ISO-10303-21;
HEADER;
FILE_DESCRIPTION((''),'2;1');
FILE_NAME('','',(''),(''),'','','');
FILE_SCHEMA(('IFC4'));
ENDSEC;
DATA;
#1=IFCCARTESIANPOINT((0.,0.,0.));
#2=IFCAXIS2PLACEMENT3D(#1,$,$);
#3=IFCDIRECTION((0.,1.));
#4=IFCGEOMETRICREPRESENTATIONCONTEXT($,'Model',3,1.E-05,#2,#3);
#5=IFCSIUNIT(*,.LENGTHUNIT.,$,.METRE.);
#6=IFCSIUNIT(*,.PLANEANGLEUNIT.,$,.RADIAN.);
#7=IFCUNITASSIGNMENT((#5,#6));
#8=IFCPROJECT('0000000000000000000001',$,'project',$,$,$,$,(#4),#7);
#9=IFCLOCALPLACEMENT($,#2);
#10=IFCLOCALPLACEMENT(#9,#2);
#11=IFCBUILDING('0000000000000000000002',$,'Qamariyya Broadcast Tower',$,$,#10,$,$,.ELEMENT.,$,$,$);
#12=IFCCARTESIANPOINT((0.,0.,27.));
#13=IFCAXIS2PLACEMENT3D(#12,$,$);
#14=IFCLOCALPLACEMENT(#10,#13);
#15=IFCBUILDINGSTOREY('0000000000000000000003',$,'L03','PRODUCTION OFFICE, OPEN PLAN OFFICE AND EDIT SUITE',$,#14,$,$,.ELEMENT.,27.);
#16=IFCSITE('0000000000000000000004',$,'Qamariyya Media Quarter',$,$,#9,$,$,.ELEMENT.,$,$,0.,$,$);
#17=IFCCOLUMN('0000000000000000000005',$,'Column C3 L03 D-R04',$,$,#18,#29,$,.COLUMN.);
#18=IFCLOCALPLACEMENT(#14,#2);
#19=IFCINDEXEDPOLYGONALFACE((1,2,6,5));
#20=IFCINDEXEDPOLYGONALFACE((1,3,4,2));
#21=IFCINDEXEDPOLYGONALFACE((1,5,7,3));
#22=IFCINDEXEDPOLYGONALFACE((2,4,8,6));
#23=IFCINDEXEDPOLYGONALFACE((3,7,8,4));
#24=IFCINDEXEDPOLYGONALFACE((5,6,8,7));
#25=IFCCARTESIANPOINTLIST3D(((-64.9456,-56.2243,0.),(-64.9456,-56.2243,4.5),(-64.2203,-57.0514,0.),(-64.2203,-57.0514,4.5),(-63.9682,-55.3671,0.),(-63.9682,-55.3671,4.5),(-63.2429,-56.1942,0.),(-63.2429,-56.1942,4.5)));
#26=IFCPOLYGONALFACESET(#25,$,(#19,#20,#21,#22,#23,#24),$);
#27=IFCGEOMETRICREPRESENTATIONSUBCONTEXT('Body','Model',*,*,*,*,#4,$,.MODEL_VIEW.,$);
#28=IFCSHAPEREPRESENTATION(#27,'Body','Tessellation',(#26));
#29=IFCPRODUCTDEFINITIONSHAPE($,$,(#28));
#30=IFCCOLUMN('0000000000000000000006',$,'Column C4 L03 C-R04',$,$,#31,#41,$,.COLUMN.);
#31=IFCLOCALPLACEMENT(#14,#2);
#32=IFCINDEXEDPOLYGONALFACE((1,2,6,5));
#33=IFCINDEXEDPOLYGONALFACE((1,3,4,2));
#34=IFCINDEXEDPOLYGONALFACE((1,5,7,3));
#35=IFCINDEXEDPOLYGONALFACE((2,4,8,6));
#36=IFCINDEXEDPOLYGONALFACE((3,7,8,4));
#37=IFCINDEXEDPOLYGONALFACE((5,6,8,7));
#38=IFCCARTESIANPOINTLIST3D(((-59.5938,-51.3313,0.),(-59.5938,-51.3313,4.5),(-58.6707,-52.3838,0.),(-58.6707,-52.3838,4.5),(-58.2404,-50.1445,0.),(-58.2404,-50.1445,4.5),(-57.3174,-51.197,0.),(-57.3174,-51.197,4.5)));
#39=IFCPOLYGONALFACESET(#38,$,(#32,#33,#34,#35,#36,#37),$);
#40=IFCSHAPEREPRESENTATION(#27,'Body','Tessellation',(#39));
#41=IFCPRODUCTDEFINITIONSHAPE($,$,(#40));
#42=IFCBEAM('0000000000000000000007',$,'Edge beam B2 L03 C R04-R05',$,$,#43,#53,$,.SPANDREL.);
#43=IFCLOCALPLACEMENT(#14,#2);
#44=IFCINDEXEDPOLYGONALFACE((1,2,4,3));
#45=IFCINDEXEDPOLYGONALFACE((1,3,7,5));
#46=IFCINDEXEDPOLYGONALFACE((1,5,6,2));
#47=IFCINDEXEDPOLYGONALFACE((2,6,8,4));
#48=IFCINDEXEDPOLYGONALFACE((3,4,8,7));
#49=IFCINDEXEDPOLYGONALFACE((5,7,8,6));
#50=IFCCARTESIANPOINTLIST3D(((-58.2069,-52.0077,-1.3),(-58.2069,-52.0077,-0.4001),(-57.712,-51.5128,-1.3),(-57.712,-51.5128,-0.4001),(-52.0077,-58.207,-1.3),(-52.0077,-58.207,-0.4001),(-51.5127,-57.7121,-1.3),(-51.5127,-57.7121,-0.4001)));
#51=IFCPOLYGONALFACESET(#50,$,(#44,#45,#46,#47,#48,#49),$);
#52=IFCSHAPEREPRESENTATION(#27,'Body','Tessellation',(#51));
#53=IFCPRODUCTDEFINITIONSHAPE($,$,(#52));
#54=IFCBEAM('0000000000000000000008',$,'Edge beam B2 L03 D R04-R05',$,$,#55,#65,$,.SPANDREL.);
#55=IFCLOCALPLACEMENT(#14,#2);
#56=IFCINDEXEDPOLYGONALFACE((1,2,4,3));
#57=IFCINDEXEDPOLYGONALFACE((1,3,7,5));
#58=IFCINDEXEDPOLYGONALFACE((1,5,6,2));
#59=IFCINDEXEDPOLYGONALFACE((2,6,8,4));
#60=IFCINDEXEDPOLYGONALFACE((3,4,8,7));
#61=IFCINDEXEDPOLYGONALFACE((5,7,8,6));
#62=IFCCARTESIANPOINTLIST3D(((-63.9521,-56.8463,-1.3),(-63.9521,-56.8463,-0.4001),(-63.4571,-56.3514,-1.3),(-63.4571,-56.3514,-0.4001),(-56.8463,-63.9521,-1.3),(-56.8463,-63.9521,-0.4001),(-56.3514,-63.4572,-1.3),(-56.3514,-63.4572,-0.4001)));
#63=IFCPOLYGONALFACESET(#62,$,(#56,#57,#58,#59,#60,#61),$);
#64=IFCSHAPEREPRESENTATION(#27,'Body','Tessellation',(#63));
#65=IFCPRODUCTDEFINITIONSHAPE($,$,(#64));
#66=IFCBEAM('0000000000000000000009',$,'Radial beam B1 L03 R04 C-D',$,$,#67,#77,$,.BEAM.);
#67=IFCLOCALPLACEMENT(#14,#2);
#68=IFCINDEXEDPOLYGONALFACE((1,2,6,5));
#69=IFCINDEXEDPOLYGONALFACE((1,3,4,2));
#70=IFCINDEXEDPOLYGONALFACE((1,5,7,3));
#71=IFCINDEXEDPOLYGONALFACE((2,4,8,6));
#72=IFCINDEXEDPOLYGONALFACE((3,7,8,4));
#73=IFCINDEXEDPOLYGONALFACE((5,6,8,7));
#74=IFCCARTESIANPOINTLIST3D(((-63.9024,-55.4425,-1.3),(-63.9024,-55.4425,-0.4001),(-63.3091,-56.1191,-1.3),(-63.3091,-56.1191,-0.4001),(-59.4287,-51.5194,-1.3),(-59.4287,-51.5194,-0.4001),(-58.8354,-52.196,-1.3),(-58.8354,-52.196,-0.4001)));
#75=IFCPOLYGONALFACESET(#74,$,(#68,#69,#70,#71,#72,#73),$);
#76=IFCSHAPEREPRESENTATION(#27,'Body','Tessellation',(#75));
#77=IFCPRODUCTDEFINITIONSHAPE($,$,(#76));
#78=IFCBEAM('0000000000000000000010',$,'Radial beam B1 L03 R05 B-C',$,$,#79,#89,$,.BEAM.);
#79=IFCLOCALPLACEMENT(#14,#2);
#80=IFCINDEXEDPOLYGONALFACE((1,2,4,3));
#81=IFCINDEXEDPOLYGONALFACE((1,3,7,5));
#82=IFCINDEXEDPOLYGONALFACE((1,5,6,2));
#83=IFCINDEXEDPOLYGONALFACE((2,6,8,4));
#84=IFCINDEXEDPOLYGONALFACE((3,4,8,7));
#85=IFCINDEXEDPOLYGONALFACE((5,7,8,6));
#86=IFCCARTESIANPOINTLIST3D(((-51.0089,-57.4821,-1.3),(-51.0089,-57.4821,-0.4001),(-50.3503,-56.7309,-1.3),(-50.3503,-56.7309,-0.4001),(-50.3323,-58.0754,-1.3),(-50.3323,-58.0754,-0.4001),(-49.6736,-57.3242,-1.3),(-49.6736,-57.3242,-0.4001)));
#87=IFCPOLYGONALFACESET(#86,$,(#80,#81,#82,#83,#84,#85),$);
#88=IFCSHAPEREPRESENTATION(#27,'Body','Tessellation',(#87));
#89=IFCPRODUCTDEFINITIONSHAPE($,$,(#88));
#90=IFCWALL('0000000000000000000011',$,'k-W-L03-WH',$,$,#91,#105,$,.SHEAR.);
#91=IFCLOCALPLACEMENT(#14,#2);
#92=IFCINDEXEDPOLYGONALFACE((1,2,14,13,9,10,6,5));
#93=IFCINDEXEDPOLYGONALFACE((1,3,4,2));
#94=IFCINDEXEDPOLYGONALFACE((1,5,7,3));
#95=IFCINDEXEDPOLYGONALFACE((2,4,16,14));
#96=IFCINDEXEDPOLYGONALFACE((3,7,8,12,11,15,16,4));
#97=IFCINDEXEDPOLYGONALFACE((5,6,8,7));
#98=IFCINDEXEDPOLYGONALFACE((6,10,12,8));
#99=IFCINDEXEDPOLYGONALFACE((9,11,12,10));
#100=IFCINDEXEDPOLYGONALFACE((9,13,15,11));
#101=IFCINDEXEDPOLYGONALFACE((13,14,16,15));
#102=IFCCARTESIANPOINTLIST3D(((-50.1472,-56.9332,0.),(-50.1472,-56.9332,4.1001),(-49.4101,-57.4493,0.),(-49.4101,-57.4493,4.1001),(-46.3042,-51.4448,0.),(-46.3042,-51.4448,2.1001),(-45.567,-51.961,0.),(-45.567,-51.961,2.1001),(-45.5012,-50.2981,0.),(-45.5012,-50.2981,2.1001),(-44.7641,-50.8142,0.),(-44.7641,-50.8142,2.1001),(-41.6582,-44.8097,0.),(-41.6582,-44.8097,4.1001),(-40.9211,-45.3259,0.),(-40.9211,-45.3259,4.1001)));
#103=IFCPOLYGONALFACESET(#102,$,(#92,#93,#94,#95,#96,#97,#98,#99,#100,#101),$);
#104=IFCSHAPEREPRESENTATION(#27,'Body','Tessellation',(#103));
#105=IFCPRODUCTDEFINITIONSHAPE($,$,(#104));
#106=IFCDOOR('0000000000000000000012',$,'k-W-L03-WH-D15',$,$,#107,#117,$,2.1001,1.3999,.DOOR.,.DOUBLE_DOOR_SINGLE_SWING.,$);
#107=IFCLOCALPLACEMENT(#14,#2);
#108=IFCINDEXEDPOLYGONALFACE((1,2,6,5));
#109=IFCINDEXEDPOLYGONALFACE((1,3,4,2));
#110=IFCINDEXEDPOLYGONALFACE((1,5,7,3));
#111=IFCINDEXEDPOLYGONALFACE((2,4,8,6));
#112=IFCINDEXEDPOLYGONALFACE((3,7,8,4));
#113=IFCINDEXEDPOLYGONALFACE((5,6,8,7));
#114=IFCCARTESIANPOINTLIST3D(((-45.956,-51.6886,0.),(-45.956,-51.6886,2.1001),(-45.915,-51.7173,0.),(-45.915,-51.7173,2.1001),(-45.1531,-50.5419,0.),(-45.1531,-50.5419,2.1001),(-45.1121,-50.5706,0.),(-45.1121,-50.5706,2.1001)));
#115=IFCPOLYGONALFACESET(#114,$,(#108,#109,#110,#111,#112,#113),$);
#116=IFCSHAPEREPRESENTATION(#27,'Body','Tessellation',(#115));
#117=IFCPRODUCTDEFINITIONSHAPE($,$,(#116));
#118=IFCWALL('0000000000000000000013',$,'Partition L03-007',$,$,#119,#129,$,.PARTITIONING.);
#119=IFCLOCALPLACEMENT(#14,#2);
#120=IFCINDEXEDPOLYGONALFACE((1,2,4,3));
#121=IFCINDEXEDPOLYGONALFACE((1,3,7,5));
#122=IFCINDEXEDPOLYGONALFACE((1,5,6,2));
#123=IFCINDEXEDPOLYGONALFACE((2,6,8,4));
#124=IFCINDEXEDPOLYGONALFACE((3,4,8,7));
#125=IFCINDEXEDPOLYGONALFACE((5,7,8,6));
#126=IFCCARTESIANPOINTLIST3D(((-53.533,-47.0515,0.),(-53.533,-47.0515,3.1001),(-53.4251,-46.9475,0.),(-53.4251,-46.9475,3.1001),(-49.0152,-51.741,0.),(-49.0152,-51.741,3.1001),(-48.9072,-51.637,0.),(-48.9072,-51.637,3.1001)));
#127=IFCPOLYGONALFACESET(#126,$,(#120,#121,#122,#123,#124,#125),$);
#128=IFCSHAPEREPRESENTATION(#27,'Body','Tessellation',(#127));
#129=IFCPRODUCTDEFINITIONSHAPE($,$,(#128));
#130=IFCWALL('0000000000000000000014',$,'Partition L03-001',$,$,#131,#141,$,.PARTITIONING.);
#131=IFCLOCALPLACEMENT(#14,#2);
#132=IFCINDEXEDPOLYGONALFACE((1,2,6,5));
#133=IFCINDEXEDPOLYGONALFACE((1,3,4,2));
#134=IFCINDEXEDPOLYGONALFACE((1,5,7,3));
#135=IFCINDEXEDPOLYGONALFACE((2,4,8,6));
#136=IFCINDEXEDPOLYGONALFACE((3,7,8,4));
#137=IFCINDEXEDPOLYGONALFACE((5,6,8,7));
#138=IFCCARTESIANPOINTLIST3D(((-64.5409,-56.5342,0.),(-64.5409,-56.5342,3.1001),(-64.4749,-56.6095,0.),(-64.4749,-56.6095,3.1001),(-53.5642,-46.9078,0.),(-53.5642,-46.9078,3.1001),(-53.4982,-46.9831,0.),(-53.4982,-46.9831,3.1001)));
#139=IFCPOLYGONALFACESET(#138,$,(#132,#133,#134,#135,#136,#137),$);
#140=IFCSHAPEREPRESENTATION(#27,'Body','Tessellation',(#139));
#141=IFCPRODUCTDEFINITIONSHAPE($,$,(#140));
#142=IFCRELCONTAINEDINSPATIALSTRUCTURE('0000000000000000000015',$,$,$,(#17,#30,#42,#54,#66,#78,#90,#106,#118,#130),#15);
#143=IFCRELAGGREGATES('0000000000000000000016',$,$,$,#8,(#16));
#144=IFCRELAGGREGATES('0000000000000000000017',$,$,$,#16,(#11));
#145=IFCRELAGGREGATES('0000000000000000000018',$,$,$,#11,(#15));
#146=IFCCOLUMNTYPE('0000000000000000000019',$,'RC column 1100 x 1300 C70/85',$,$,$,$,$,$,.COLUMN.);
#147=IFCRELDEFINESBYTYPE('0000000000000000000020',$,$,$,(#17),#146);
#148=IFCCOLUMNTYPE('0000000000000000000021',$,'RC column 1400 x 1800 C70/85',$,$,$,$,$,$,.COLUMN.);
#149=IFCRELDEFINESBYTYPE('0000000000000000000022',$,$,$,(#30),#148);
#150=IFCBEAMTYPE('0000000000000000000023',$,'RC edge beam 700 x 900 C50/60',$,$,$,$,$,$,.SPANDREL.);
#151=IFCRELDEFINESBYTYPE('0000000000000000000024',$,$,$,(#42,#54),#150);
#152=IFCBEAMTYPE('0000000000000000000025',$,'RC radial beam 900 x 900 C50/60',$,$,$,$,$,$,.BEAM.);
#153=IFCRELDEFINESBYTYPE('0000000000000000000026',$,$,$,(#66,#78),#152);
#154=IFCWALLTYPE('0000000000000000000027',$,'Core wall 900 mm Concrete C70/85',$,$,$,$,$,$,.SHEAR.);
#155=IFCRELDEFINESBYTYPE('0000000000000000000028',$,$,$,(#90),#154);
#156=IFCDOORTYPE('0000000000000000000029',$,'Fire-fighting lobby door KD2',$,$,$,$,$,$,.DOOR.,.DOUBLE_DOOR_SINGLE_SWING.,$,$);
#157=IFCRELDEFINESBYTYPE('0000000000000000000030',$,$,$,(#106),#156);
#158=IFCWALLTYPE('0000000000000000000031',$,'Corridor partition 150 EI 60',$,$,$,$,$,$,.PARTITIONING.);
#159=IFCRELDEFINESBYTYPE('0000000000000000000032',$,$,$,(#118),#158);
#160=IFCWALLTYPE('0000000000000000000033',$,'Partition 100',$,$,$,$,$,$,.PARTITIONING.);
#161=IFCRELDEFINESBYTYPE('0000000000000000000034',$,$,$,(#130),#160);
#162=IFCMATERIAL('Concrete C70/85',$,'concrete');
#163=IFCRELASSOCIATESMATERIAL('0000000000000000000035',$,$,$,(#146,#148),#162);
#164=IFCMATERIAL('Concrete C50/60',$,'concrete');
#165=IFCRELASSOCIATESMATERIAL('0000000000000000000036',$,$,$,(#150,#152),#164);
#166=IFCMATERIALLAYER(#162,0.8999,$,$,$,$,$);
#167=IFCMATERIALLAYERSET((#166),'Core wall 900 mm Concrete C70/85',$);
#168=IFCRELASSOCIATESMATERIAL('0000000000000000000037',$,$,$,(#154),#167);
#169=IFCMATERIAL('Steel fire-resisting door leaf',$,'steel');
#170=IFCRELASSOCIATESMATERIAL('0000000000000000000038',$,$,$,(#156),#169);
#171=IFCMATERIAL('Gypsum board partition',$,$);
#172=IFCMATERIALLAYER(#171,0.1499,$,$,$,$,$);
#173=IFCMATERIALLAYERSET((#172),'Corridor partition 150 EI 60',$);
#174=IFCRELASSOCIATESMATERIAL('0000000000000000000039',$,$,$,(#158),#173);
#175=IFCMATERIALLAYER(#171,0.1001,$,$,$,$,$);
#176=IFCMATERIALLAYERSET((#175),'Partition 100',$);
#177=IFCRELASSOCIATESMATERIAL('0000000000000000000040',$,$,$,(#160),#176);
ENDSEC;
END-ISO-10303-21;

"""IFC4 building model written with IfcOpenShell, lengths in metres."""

from ifc_helpers import new_model, si_unit, direction, frame, frame_2d, origin, origin_2d, place, context, subcontext, project, spatial, rectangle, extrude, material, layer, layer_set, material_profile, profile_set, type_object, element, fill, save


model = new_model("IFC4")

# Units and contexts
model_context = context("Model", 3, precision=1e-05, world=origin(), true_north=direction((0.0, 1.0)))
body_context = subcontext(model_context, "Body", "Model", "MODEL_VIEW")
ifc_project = project(units=[si_unit("LENGTHUNIT", "METRE"), si_unit("PLANEANGLEUNIT", "RADIAN")], contexts=[model_context])

# Site, building, storey
site_placement = place(None, origin())
site = spatial("IfcSite", under=ifc_project, at=site_placement, Name="Qamariyya Media Quarter", CompositionType="ELEMENT", RefElevation=0.0)
building_placement = place(site_placement, origin())
building = spatial("IfcBuilding", under=site, at=building_placement, Name="Qamariyya Broadcast Tower", CompositionType="ELEMENT")
storey_placement = place(building_placement, frame((0.0, 0.0, 27.0)))
storey = spatial("IfcBuildingStorey", under=building, at=storey_placement, Name="L03", Description="PRODUCTION OFFICE, OPEN PLAN OFFICE AND EDIT SUITE", CompositionType="ELEMENT", Elevation=27.0)

# Columns
ifc_material_1 = material(Name="Concrete C70/85", Category="concrete")
ifc_material_profile_1 = material_profile(ifc_material_1, rectangle(XDim=1.1001, YDim=1.3, at=origin_2d()))
ifc_profile_set_1 = profile_set([ifc_material_profile_1], Name="Concrete C70/85")
column_type_1 = type_object("IfcColumnType", Name="RC column 1100 x 1300 C70/85", PredefinedType="COLUMN", material=ifc_profile_set_1)
column_1_placement = place(storey_placement, frame((-64.0942, -56.2092, 0.0), z_axis=(0.0, 0.0, 1.0), x_axis=(0.659346, -0.75184, 0.0)))
element("IfcColumn", 1, at=column_1_placement, inside=storey, type_object=column_type_1, Name="Column C3 L03 D-R04", PredefinedType="COLUMN", context=body_context, shape_type="SweptSolid", body=[
    extrude(rectangle(XDim=1.1001, YDim=1.3, at=origin_2d()), origin(), (0.0, 0.0, 1.0), 4.5),
])
ifc_material_profile_2 = material_profile(ifc_material_1, rectangle(XDim=1.3999, YDim=1.8, at=origin_2d()))
ifc_profile_set_2 = profile_set([ifc_material_profile_2], Name="Concrete C70/85")
column_type_2 = type_object("IfcColumnType", Name="RC column 1400 x 1800 C70/85", PredefinedType="COLUMN", material=ifc_profile_set_2)
column_2_placement = place(storey_placement, frame((-58.4556, -51.2642, 0.0), z_axis=(0.0, 0.0, 1.0), x_axis=(0.659346, -0.75184, 0.0)))
element("IfcColumn", 2, at=column_2_placement, inside=storey, type_object=column_type_2, Name="Column C4 L03 C-R04", PredefinedType="COLUMN", context=body_context, shape_type="SweptSolid", body=[
    extrude(rectangle(XDim=1.3999, YDim=1.8, at=origin_2d()), origin(), (0.0, 0.0, 1.0), 4.5),
])

# Beams
ifc_material_2 = material(Name="Concrete C50/60", Category="concrete")
ifc_material_profile_3 = material_profile(ifc_material_2, rectangle(XDim=0.7, YDim=0.8999, at=origin_2d()))
ifc_profile_set_3 = profile_set([ifc_material_profile_3], Name="Concrete C50/60")
beam_type_1 = type_object("IfcBeamType", Name="RC edge beam 700 x 900 C50/60", PredefinedType="SPANDREL", material=ifc_profile_set_3)
beam_1_placement = place(storey_placement, frame((-57.9595, -51.7603, -0.8501), z_axis=(0.707107, -0.707107, 0.0), x_axis=(0.707107, 0.707107, 0.0)))
element("IfcBeam", 3, at=beam_1_placement, inside=storey, type_object=beam_type_1, Name="Edge beam B2 L03 C R04-R05", PredefinedType="SPANDREL", context=body_context, shape_type="SweptSolid", body=[
    extrude(rectangle(XDim=0.7, YDim=0.8999, at=origin_2d()), origin(), (0.0, 0.0, 1.0), 8.7671),
])
beam_2_placement = place(storey_placement, frame((-63.7046, -56.5989, -0.8501), z_axis=(0.707107, -0.707107, 0.0), x_axis=(0.707107, 0.707107, 0.0)))
element("IfcBeam", 4, at=beam_2_placement, inside=storey, type_object=beam_type_1, Name="Edge beam B2 L03 D R04-R05", PredefinedType="SPANDREL", context=body_context, shape_type="SweptSolid", body=[
    extrude(rectangle(XDim=0.7, YDim=0.8999, at=origin_2d()), origin(), (0.0, 0.0, 1.0), 10.0491),
])
ifc_material_profile_4 = material_profile(ifc_material_2, rectangle(XDim=0.8999, YDim=0.8999, at=origin_2d()))
ifc_profile_set_4 = profile_set([ifc_material_profile_4], Name="Concrete C50/60")
beam_type_2 = type_object("IfcBeamType", Name="RC radial beam 900 x 900 C50/60", PredefinedType="BEAM", material=ifc_profile_set_4)
beam_3_placement = place(storey_placement, frame((-59.1321, -51.8577, -0.8501), z_axis=(-0.751854, -0.659329, 0.0), x_axis=(0.659329, -0.751854, 0.0)))
element("IfcBeam", 5, at=beam_3_placement, inside=storey, type_object=beam_type_2, Name="Radial beam B1 L03 R04 C-D", PredefinedType="BEAM", context=body_context, shape_type="SweptSolid", body=[
    extrude(rectangle(XDim=0.8999, YDim=0.8999, at=origin_2d()), origin(), (0.0, 0.0, 1.0), 5.9502),
])
beam_4_placement = place(storey_placement, frame((-50.012, -57.0276, -0.8501), z_axis=(-0.659283, -0.751895, 0.0), x_axis=(0.751895, -0.659283, 0.0)))
element("IfcBeam", 6, at=beam_4_placement, inside=storey, type_object=beam_type_2, Name="Radial beam B1 L03 R05 B-C", PredefinedType="BEAM", context=body_context, shape_type="SweptSolid", body=[
    extrude(rectangle(XDim=0.8999, YDim=0.8999, at=origin_2d()), origin(), (0.0, 0.0, 1.0), 0.999),
])

# Wall, opening, door
ifc_layer_1 = layer(ifc_material_1, 0.8999)
ifc_layer_set_1 = layer_set([ifc_layer_1], Name="Core wall 900 mm Concrete C70/85")
wall_type_1 = type_object("IfcWallType", Name="Core wall 900 mm Concrete C70/85", PredefinedType="SHEAR", material=ifc_layer_set_1)
wall_1_placement = place(storey_placement, frame((-49.7786, -57.1912, 0.0), z_axis=(0.0, 0.0, 1.0), x_axis=(0.573577, 0.819151, 0.0)))
wall_1 = element("IfcWall", 7, at=wall_1_placement, inside=storey, type_object=wall_type_1, Name="k-W-L03-WH", PredefinedType="SHEAR", context=body_context, shape_type="SweptSolid", body=[
    extrude(rectangle(XDim=14.8, YDim=0.8999, at=frame_2d((7.3999, 0.0))), origin(), (0.0, 0.0, 1.0), 4.1001),
])
opening_1_placement = place(wall_1_placement, frame((6.7, 0.0, 0.0)))
opening_1 = element("IfcOpeningElement", 8, at=opening_1_placement, cuts=wall_1, PredefinedType="OPENING", context=body_context, shape_type="SweptSolid", body=[
    extrude(rectangle(XDim=1.3999, YDim=2.1001, at=frame_2d((0.7, 1.05))), frame((0.0, 0.46, 0.0), z_axis=(0.0, -1.0, 0.0), x_axis=(1.0, 0.0, 0.0)), (0.0, 0.0, 1.0), 0.9199),
])
ifc_material_3 = material(Name="Steel fire-resisting door leaf", Category="steel")
door_type = type_object("IfcDoorType", Name="Fire-fighting lobby door KD2", OperationType="DOUBLE_DOOR_SINGLE_SWING", PredefinedType="DOOR", material=ifc_material_3)
door_placement = place(opening_1_placement, origin())
door = element("IfcDoor", 9, at=door_placement, inside=storey, type_object=door_type, Name="k-W-L03-WH-D15", OperationType="DOUBLE_DOOR_SINGLE_SWING", OverallHeight=2.1001, OverallWidth=1.3999, PredefinedType="DOOR", context=body_context, shape_type="SweptSolid", body=[
    extrude(rectangle(XDim=1.3999, YDim=2.1001, at=frame_2d((0.7, 1.05))), frame((0.0, 0.0249, 0.0), z_axis=(0.0, -1.0, 0.0), x_axis=(1.0, 0.0, 0.0)), (0.0, 0.0, 1.0), 0.05),
])
fill(opening_1, door)

# Walls
ifc_material_4 = material(Name="Gypsum board partition")
ifc_layer_2 = layer(ifc_material_4, 0.1499)
ifc_layer_set_2 = layer_set([ifc_layer_2], Name="Corridor partition 150 EI 60")
wall_type_2 = type_object("IfcWallType", Name="Corridor partition 150 EI 60", PredefinedType="PARTITIONING", material=ifc_layer_set_2)
wall_2_placement = place(storey_placement, frame((-48.9612, -51.689, 0.0), z_axis=(0.0, 0.0, 1.0), x_axis=(-0.693805, 0.720163, 0.0)))
element("IfcWall", 10, at=wall_2_placement, inside=storey, type_object=wall_type_2, Name="Partition L03-007", PredefinedType="PARTITIONING", context=body_context, shape_type="SweptSolid", body=[
    extrude(rectangle(XDim=6.5117, YDim=0.1499, at=frame_2d((3.2559, 0.0))), origin(), (0.0, 0.0, 1.0), 3.1001),
])
ifc_layer_3 = layer(ifc_material_4, 0.1001)
ifc_layer_set_3 = layer_set([ifc_layer_3], Name="Partition 100")
wall_type_3 = type_object("IfcWallType", Name="Partition 100", PredefinedType="PARTITIONING", material=ifc_layer_set_3)
wall_3_placement = place(storey_placement, frame((-64.5078, -56.5718, 0.0), z_axis=(0.0, 0.0, 1.0), x_axis=(0.751838, 0.659348, 0.0)))
element("IfcWall", 11, at=wall_3_placement, inside=storey, type_object=wall_type_3, Name="Partition L03-001", PredefinedType="PARTITIONING", context=body_context, shape_type="SweptSolid", body=[
    extrude(rectangle(XDim=14.5999, YDim=0.1001, at=frame_2d((7.2998, 0.0))), origin(), (0.0, 0.0, 1.0), 3.1001),
])

save(model, "model.ifc")
